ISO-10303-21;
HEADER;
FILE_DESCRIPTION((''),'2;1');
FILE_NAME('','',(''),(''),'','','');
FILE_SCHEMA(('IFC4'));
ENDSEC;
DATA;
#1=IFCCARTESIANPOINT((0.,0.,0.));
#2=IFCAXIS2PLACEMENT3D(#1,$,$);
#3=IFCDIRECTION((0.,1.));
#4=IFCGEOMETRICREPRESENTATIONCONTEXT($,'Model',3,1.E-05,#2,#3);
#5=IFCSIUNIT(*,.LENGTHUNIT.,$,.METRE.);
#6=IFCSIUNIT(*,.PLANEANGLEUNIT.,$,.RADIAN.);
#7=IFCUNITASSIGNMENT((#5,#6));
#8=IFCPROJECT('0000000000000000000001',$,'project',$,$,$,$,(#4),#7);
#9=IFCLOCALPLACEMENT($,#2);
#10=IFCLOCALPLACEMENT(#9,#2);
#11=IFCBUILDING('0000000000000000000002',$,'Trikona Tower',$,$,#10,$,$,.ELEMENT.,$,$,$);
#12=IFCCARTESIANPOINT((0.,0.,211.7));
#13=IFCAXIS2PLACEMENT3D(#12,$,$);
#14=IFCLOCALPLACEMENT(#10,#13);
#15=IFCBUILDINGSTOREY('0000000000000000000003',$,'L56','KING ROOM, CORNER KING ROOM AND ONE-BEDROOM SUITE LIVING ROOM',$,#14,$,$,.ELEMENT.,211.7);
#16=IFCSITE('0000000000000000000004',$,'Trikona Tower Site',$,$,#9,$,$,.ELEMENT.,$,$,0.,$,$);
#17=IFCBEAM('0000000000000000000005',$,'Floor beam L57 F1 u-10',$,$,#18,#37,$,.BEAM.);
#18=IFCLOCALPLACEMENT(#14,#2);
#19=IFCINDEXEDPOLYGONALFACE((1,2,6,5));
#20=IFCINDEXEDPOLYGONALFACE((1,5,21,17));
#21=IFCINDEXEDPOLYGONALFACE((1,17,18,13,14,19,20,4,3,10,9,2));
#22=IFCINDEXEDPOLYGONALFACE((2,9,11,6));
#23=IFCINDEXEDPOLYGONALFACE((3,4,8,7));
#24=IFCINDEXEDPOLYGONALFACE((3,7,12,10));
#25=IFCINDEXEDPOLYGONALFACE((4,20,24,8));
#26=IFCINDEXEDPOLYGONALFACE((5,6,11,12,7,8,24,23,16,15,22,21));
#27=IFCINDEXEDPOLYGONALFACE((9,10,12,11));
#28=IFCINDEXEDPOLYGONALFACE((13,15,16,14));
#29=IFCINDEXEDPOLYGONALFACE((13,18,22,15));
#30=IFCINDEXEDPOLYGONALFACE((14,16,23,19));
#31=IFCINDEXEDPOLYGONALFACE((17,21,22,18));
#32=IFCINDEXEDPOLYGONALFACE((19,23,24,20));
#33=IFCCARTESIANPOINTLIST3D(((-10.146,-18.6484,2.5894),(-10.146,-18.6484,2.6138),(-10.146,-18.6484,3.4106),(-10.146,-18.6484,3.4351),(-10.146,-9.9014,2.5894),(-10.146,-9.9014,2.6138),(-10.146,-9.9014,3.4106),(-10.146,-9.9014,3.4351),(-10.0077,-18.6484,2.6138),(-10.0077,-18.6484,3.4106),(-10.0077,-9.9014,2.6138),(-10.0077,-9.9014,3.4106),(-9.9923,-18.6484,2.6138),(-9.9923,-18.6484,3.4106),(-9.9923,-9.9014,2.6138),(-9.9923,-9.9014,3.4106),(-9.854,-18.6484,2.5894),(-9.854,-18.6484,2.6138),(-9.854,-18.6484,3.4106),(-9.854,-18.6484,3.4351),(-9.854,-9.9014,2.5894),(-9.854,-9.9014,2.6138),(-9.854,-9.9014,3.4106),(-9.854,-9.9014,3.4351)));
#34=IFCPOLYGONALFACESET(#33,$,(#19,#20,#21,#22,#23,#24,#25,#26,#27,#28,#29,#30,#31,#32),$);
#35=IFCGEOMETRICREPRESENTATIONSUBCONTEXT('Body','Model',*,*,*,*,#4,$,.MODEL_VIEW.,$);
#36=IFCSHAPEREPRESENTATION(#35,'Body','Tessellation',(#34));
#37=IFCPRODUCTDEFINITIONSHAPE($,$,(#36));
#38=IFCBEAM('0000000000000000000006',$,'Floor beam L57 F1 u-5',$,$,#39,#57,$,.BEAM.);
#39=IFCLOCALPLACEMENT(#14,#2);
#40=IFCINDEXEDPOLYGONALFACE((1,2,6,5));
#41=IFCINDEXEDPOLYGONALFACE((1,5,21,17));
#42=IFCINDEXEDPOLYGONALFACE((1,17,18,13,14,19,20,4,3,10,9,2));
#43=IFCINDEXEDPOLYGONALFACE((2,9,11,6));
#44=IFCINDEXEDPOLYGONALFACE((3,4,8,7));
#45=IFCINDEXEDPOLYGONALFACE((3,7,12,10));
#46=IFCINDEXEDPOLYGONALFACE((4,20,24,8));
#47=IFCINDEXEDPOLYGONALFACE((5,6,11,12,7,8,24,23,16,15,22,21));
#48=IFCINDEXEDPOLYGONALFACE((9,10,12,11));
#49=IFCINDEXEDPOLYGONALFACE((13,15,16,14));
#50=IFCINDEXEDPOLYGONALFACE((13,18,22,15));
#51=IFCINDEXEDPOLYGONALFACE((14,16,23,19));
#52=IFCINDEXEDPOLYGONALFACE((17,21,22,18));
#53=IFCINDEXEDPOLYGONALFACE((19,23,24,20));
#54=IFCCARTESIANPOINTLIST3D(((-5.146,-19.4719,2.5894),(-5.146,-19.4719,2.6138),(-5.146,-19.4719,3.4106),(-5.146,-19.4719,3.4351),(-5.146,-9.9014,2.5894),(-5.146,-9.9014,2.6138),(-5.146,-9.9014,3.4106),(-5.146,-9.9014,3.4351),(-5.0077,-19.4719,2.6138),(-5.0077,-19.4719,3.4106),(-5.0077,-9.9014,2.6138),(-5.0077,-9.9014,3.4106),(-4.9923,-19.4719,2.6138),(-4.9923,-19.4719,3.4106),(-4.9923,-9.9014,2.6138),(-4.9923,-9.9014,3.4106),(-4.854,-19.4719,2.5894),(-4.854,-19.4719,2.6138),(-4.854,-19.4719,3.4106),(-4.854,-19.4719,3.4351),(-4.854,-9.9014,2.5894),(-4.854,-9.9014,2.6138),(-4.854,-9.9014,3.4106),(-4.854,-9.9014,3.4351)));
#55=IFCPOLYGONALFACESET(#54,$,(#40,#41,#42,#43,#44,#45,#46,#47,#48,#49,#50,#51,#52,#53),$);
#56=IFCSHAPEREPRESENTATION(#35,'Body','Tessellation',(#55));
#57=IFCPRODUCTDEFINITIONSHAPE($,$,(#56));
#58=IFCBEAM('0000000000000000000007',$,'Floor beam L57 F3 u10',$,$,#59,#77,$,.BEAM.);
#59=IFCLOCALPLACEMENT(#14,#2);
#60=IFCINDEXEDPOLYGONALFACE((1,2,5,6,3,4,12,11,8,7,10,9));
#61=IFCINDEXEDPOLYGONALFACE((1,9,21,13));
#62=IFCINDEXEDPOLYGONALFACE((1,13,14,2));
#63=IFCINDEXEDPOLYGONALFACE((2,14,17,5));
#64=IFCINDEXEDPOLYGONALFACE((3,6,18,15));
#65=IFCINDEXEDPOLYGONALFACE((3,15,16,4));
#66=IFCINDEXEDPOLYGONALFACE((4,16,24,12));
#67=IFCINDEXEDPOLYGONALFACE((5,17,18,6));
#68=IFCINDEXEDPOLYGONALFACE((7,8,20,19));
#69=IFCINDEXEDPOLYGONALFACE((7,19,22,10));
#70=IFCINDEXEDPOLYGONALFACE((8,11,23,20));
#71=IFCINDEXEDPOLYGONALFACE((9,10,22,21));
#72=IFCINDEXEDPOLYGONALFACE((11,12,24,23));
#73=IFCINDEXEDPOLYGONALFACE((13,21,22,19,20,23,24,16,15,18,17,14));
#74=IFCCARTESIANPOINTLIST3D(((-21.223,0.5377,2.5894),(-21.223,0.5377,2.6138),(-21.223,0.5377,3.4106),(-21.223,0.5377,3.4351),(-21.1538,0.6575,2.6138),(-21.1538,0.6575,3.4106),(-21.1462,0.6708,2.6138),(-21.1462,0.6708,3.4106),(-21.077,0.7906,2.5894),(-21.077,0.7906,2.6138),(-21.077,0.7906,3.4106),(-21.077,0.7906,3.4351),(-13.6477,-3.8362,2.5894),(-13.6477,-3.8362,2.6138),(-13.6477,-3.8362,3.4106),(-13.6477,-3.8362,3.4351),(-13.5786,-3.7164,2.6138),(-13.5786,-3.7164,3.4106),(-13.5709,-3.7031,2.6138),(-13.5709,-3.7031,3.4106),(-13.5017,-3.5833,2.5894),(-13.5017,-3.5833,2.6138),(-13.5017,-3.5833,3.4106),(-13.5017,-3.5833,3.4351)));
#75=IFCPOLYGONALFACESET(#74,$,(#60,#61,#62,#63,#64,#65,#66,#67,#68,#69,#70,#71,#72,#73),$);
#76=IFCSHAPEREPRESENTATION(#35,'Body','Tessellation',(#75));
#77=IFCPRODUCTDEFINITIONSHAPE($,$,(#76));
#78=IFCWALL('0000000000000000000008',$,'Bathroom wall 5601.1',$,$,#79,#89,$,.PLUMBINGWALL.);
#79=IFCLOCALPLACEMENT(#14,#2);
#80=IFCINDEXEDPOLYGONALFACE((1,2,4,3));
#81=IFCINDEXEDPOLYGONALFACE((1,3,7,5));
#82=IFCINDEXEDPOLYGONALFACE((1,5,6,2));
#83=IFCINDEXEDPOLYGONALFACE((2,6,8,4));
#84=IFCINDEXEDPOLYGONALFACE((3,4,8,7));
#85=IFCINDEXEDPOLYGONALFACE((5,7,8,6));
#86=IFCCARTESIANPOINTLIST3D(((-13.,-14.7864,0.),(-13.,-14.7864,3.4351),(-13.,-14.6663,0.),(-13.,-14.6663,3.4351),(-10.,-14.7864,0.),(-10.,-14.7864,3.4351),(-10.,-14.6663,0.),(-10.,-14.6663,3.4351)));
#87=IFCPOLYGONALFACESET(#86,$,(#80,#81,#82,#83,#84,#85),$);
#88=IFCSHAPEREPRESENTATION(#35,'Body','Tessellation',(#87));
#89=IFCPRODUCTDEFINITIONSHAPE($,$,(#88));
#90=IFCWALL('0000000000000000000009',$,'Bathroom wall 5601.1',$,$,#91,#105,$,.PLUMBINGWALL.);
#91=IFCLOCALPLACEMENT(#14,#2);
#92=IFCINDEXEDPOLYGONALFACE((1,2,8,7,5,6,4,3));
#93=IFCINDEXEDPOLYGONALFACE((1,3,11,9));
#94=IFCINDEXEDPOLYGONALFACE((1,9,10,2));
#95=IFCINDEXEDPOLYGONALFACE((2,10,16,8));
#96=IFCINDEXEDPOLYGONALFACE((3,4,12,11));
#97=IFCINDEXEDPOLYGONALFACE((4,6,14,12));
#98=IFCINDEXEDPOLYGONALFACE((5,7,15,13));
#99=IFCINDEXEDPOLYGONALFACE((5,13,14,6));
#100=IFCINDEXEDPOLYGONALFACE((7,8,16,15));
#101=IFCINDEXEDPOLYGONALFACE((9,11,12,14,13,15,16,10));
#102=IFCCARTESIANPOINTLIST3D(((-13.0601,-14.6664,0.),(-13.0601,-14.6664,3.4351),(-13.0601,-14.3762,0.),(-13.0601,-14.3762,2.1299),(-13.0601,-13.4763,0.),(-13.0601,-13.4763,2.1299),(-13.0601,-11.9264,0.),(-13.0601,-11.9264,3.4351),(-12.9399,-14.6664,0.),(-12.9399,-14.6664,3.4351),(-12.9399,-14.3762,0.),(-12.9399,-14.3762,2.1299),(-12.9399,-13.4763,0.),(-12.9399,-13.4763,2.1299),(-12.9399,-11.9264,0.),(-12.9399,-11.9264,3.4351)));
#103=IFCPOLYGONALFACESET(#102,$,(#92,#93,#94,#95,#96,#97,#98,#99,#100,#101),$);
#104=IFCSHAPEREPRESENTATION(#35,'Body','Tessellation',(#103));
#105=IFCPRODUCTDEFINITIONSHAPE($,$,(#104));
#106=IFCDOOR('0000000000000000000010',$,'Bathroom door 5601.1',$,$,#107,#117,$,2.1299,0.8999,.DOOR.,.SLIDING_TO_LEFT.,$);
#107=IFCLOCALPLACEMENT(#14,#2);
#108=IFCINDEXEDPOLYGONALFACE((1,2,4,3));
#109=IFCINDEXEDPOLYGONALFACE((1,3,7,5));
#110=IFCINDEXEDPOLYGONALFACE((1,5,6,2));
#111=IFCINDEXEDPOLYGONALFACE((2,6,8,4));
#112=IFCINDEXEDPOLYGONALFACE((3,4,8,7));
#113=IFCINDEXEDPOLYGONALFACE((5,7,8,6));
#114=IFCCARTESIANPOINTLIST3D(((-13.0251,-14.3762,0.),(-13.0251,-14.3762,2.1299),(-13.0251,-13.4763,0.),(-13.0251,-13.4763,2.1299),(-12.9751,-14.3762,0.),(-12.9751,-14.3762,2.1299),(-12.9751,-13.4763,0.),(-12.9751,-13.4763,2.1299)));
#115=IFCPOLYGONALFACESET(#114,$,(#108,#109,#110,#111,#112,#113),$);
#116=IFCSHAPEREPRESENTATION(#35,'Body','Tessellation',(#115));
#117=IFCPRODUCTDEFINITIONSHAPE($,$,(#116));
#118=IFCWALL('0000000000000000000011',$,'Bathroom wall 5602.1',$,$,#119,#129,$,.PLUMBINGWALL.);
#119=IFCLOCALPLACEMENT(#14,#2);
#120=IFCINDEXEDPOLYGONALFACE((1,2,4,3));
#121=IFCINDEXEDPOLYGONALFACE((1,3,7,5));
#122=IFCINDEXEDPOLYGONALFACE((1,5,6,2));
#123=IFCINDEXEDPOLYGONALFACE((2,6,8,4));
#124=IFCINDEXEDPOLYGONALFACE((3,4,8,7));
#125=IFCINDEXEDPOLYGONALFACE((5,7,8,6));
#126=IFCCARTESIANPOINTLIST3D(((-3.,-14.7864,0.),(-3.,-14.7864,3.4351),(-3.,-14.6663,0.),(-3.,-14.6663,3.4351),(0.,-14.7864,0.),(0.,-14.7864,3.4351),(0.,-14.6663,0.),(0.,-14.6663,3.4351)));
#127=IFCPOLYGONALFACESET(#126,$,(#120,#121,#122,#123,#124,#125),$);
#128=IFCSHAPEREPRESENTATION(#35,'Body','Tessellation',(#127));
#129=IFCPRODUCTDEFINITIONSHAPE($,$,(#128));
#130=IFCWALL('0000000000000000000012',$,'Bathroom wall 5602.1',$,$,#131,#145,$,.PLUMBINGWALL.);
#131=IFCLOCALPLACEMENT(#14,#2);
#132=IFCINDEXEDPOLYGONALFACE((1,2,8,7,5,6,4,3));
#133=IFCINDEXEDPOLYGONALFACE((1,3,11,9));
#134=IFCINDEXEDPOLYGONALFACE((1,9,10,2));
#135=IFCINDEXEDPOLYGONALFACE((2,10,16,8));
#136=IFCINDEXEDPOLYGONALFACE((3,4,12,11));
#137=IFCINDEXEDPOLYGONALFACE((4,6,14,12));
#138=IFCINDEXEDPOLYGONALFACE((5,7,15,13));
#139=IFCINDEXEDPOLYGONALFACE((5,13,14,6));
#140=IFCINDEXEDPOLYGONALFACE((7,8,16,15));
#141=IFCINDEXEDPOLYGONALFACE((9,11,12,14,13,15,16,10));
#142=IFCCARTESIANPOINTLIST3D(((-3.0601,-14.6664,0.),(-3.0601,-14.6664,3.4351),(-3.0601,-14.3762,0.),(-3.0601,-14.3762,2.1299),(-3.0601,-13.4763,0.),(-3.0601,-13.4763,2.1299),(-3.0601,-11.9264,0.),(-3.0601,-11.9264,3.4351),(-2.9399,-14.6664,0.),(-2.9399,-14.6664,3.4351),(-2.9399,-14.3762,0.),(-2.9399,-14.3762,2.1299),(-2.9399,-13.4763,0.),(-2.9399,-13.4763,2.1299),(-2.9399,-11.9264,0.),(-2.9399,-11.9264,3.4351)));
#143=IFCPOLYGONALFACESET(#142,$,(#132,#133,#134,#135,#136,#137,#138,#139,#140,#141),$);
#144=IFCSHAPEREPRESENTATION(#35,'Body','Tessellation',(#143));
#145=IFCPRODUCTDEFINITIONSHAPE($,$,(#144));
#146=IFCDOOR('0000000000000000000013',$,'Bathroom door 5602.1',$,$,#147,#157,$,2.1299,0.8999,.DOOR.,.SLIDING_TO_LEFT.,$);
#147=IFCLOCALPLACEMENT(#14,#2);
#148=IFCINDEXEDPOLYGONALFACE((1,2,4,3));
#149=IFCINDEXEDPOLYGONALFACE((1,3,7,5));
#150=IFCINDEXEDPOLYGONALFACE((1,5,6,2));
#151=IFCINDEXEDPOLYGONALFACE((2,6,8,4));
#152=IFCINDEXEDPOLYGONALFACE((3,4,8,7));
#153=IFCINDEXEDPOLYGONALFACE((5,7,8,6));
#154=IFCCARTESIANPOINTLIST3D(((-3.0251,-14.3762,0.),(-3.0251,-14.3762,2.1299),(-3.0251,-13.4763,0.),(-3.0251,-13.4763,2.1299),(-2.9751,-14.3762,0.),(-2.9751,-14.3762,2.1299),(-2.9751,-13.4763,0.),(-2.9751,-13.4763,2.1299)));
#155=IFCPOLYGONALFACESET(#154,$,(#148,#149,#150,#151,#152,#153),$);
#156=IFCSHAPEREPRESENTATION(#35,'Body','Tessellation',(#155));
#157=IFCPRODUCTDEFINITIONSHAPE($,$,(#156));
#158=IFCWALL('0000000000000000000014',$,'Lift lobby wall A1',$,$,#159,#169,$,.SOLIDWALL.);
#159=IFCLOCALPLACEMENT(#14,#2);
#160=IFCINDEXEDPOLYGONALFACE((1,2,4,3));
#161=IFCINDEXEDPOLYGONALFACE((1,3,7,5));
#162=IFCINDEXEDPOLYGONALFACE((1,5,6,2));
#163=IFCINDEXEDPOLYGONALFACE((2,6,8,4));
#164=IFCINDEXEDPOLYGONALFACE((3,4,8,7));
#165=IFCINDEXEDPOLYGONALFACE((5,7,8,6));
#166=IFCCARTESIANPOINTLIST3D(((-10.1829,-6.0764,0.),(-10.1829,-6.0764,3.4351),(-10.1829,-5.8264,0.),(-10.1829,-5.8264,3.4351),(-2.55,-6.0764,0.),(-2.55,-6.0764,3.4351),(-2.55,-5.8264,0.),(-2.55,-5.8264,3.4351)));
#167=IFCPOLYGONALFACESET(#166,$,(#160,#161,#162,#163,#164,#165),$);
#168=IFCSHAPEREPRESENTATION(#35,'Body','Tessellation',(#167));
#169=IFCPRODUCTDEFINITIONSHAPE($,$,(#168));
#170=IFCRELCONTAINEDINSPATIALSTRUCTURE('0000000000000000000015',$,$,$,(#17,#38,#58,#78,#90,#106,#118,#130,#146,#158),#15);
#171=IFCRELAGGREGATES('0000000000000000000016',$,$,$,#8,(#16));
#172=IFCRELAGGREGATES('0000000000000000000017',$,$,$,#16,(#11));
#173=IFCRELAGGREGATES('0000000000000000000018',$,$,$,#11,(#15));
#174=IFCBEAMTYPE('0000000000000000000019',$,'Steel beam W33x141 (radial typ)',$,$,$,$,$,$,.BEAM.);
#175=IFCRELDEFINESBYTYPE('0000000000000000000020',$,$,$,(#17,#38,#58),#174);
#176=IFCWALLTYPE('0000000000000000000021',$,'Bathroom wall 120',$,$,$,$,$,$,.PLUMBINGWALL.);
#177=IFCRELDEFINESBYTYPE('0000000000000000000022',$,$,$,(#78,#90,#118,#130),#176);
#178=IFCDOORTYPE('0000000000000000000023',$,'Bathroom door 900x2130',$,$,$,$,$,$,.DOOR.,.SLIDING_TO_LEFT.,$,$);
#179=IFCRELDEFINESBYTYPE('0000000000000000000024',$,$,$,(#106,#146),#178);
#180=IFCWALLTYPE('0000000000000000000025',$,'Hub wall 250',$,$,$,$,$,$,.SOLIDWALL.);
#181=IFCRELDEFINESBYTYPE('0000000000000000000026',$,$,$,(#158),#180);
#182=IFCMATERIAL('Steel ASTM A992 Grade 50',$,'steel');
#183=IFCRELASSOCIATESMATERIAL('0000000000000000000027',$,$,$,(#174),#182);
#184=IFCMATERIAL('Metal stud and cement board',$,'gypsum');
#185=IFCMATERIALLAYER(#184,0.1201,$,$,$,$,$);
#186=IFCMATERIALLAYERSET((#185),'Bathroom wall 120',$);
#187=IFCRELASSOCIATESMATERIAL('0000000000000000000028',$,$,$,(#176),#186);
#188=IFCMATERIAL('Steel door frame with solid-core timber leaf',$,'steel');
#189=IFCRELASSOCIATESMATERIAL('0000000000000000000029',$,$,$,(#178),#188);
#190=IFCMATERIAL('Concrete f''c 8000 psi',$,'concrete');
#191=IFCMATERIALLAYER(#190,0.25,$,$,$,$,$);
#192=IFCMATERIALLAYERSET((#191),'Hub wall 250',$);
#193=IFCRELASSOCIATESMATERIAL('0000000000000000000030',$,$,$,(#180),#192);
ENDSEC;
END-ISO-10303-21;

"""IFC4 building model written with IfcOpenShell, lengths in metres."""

from ifc_helpers import new_model, si_unit, direction, frame, frame_2d, origin, origin_2d, place, context, subcontext, project, spatial, rectangle, i_section, extrude, material, layer, layer_set, material_profile, profile_set, type_object, element, fill, save


model = new_model("IFC4")

# Units and contexts
model_context = context("Model", 3, precision=1e-05, world=origin(), true_north=direction((0.0, 1.0)))
body_context = subcontext(model_context, "Body", "Model", "MODEL_VIEW")
ifc_project = project(units=[si_unit("LENGTHUNIT", "METRE"), si_unit("PLANEANGLEUNIT", "RADIAN")], contexts=[model_context])

# Site, building, storey
site_placement = place(None, origin())
site = spatial("IfcSite", under=ifc_project, at=site_placement, Name="Trikona Tower Site", CompositionType="ELEMENT", RefElevation=0.0)
building_placement = place(site_placement, origin())
building = spatial("IfcBuilding", under=site, at=building_placement, Name="Trikona Tower", CompositionType="ELEMENT")
storey_placement = place(building_placement, frame((0.0, 0.0, 211.7)))
storey = spatial("IfcBuildingStorey", under=building, at=storey_placement, Name="L56", Description="KING ROOM, CORNER KING ROOM AND ONE-BEDROOM SUITE LIVING ROOM", CompositionType="ELEMENT", Elevation=211.7)

# Beams
ifc_material_1 = material(Name="Steel ASTM A992 Grade 50", Category="steel")
ifc_material_profile = material_profile(ifc_material_1, i_section(OverallWidth=0.292, OverallDepth=0.8457, WebThickness=0.0154, FlangeThickness=0.0244, at=origin_2d()), Name="W33X141")
ifc_profile_set = profile_set([ifc_material_profile], Name="Steel ASTM A992 Grade 50")
beam_type = type_object("IfcBeamType", Name="Steel beam W33x141 (radial typ)", PredefinedType="BEAM", material=ifc_profile_set)
beam_1_placement = place(storey_placement, frame((-10.0, -9.9014, 3.0122), z_axis=(0.0, -1.0, 0.0), x_axis=(1.0, 0.0, 0.0)))
element("IfcBeam", 1, at=beam_1_placement, inside=storey, type_object=beam_type, Name="Floor beam L57 F1 u-10", PredefinedType="BEAM", context=body_context, shape_type="SweptSolid", body=[
    extrude(i_section(OverallWidth=0.292, OverallDepth=0.8457, WebThickness=0.0154, FlangeThickness=0.0244, at=origin_2d()), origin(), (0.0, 0.0, 1.0), 8.7471),
])
beam_2_placement = place(storey_placement, frame((-5.0, -9.9014, 3.0122), z_axis=(0.0, -1.0, 0.0), x_axis=(1.0, 0.0, 0.0)))
element("IfcBeam", 2, at=beam_2_placement, inside=storey, type_object=beam_type, Name="Floor beam L57 F1 u-5", PredefinedType="BEAM", context=body_context, shape_type="SweptSolid", body=[
    extrude(i_section(OverallWidth=0.292, OverallDepth=0.8457, WebThickness=0.0154, FlangeThickness=0.0244, at=origin_2d()), origin(), (0.0, 0.0, 1.0), 9.5706),
])
beam_3_placement = place(storey_placement, frame((-13.5747, -3.7097, 3.0122), z_axis=(-0.866014, 0.50002, 0.0), x_axis=(-0.50002, -0.866014, 0.0)))
element("IfcBeam", 3, at=beam_3_placement, inside=storey, type_object=beam_type, Name="Floor beam L57 F3 u10", PredefinedType="BEAM", context=body_context, shape_type="SweptSolid", body=[
    extrude(i_section(OverallWidth=0.292, OverallDepth=0.8457, WebThickness=0.0154, FlangeThickness=0.0244, at=origin_2d()), origin(), (0.0, 0.0, 1.0), 8.7473),
])

# Wall
ifc_material_2 = material(Name="Metal stud and cement board", Category="gypsum")
ifc_layer_1 = layer(ifc_material_2, 0.1201)
ifc_layer_set_1 = layer_set([ifc_layer_1], Name="Bathroom wall 120")
wall_type_1 = type_object("IfcWallType", Name="Bathroom wall 120", PredefinedType="PLUMBINGWALL", material=ifc_layer_set_1)
wall_1_placement = place(storey_placement, frame((-13.0, -14.7263, 0.0), z_axis=(0.0, 0.0, 1.0), x_axis=(1.0, 0.0, 0.0)))
element("IfcWall", 4, at=wall_1_placement, inside=storey, type_object=wall_type_1, Name="Bathroom wall 5601.1", PredefinedType="PLUMBINGWALL", context=body_context, shape_type="SweptSolid", body=[
    extrude(rectangle(XDim=3.0, YDim=0.1201, at=frame_2d((1.5, 0.0))), origin(), (0.0, 0.0, 1.0), 3.4351),
])

# Wall, opening, door
wall_2_placement = place(storey_placement, frame((-13.0, -11.9263, 0.0), z_axis=(0.0, 0.0, 1.0), x_axis=(0.0, -1.0, 0.0)))
wall_2 = element("IfcWall", 5, at=wall_2_placement, inside=storey, type_object=wall_type_1, Name="Bathroom wall 5601.1", PredefinedType="PLUMBINGWALL", context=body_context, shape_type="SweptSolid", body=[
    extrude(rectangle(XDim=2.74, YDim=0.1201, at=frame_2d((1.3701, 0.0))), origin(), (0.0, 0.0, 1.0), 3.4351),
])
opening_1_placement = place(wall_2_placement, frame((1.55, 0.0, 0.0)))
opening_1 = element("IfcOpeningElement", 6, at=opening_1_placement, cuts=wall_2, PredefinedType="OPENING", context=body_context, shape_type="SweptSolid", body=[
    extrude(rectangle(XDim=0.8999, YDim=2.1299, at=frame_2d((0.45, 1.0649))), frame((0.0, 0.0701, 0.0), z_axis=(0.0, -1.0, 0.0), x_axis=(1.0, 0.0, 0.0)), (0.0, 0.0, 1.0), 0.1401),
])
ifc_material_3 = material(Name="Steel door frame with solid-core timber leaf", Category="steel")
door_type_1 = type_object("IfcDoorType", Name="Bathroom door 900x2130", OperationType="SLIDING_TO_LEFT", PredefinedType="DOOR", material=ifc_material_3)
door_1_placement = place(opening_1_placement, origin())
door_1 = element("IfcDoor", 7, at=door_1_placement, inside=storey, type_object=door_type_1, Name="Bathroom door 5601.1", OperationType="SLIDING_TO_LEFT", OverallHeight=2.1299, OverallWidth=0.8999, PredefinedType="DOOR", context=body_context, shape_type="SweptSolid", body=[
    extrude(rectangle(XDim=0.8999, YDim=2.1299, at=frame_2d((0.45, 1.0649))), frame((0.0, 0.0249, 0.0), z_axis=(0.0, -1.0, 0.0), x_axis=(1.0, 0.0, 0.0)), (0.0, 0.0, 1.0), 0.05),
])
fill(opening_1, door_1)

# Wall
wall_3_placement = place(storey_placement, frame((-3.0, -14.7263, 0.0), z_axis=(0.0, 0.0, 1.0), x_axis=(1.0, 0.0, 0.0)))
element("IfcWall", 8, at=wall_3_placement, inside=storey, type_object=wall_type_1, Name="Bathroom wall 5602.1", PredefinedType="PLUMBINGWALL", context=body_context, shape_type="SweptSolid", body=[
    extrude(rectangle(XDim=3.0, YDim=0.1201, at=frame_2d((1.5, 0.0))), origin(), (0.0, 0.0, 1.0), 3.4351),
])

# Wall, opening, door
wall_4_placement = place(storey_placement, frame((-3.0, -11.9263, 0.0), z_axis=(0.0, 0.0, 1.0), x_axis=(0.0, -1.0, 0.0)))
wall_4 = element("IfcWall", 9, at=wall_4_placement, inside=storey, type_object=wall_type_1, Name="Bathroom wall 5602.1", PredefinedType="PLUMBINGWALL", context=body_context, shape_type="SweptSolid", body=[
    extrude(rectangle(XDim=2.74, YDim=0.1201, at=frame_2d((1.3701, 0.0))), origin(), (0.0, 0.0, 1.0), 3.4351),
])
opening_2_placement = place(wall_4_placement, frame((1.55, 0.0, 0.0)))
opening_2 = element("IfcOpeningElement", 10, at=opening_2_placement, cuts=wall_4, PredefinedType="OPENING", context=body_context, shape_type="SweptSolid", body=[
    extrude(rectangle(XDim=0.8999, YDim=2.1299, at=frame_2d((0.45, 1.0649))), frame((0.0, 0.0701, 0.0), z_axis=(0.0, -1.0, 0.0), x_axis=(1.0, 0.0, 0.0)), (0.0, 0.0, 1.0), 0.1401),
])
door_2_placement = place(opening_2_placement, origin())
door_2 = element("IfcDoor", 11, at=door_2_placement, inside=storey, type_object=door_type_1, Name="Bathroom door 5602.1", OperationType="SLIDING_TO_LEFT", OverallHeight=2.1299, OverallWidth=0.8999, PredefinedType="DOOR", context=body_context, shape_type="SweptSolid", body=[
    extrude(rectangle(XDim=0.8999, YDim=2.1299, at=frame_2d((0.45, 1.0649))), frame((0.0, 0.0249, 0.0), z_axis=(0.0, -1.0, 0.0), x_axis=(1.0, 0.0, 0.0)), (0.0, 0.0, 1.0), 0.05),
])
fill(opening_2, door_2)

# Wall
ifc_material_4 = material(Name="Concrete f'c 8000 psi", Category="concrete")
ifc_layer_2 = layer(ifc_material_4, 0.25)
ifc_layer_set_2 = layer_set([ifc_layer_2], Name="Hub wall 250")
wall_type_2 = type_object("IfcWallType", Name="Hub wall 250", PredefinedType="SOLIDWALL", material=ifc_layer_set_2)
wall_5_placement = place(storey_placement, frame((-10.1829, -5.9514, 0.0), z_axis=(0.0, 0.0, 1.0), x_axis=(1.0, 0.0, 0.0)))
element("IfcWall", 12, at=wall_5_placement, inside=storey, type_object=wall_type_2, Name="Lift lobby wall A1", PredefinedType="SOLIDWALL", context=body_context, shape_type="SweptSolid", body=[
    extrude(rectangle(XDim=7.6328, YDim=0.25, at=frame_2d((3.8164, 0.0))), origin(), (0.0, 0.0, 1.0), 3.4351),
])

save(model, "model.ifc")
